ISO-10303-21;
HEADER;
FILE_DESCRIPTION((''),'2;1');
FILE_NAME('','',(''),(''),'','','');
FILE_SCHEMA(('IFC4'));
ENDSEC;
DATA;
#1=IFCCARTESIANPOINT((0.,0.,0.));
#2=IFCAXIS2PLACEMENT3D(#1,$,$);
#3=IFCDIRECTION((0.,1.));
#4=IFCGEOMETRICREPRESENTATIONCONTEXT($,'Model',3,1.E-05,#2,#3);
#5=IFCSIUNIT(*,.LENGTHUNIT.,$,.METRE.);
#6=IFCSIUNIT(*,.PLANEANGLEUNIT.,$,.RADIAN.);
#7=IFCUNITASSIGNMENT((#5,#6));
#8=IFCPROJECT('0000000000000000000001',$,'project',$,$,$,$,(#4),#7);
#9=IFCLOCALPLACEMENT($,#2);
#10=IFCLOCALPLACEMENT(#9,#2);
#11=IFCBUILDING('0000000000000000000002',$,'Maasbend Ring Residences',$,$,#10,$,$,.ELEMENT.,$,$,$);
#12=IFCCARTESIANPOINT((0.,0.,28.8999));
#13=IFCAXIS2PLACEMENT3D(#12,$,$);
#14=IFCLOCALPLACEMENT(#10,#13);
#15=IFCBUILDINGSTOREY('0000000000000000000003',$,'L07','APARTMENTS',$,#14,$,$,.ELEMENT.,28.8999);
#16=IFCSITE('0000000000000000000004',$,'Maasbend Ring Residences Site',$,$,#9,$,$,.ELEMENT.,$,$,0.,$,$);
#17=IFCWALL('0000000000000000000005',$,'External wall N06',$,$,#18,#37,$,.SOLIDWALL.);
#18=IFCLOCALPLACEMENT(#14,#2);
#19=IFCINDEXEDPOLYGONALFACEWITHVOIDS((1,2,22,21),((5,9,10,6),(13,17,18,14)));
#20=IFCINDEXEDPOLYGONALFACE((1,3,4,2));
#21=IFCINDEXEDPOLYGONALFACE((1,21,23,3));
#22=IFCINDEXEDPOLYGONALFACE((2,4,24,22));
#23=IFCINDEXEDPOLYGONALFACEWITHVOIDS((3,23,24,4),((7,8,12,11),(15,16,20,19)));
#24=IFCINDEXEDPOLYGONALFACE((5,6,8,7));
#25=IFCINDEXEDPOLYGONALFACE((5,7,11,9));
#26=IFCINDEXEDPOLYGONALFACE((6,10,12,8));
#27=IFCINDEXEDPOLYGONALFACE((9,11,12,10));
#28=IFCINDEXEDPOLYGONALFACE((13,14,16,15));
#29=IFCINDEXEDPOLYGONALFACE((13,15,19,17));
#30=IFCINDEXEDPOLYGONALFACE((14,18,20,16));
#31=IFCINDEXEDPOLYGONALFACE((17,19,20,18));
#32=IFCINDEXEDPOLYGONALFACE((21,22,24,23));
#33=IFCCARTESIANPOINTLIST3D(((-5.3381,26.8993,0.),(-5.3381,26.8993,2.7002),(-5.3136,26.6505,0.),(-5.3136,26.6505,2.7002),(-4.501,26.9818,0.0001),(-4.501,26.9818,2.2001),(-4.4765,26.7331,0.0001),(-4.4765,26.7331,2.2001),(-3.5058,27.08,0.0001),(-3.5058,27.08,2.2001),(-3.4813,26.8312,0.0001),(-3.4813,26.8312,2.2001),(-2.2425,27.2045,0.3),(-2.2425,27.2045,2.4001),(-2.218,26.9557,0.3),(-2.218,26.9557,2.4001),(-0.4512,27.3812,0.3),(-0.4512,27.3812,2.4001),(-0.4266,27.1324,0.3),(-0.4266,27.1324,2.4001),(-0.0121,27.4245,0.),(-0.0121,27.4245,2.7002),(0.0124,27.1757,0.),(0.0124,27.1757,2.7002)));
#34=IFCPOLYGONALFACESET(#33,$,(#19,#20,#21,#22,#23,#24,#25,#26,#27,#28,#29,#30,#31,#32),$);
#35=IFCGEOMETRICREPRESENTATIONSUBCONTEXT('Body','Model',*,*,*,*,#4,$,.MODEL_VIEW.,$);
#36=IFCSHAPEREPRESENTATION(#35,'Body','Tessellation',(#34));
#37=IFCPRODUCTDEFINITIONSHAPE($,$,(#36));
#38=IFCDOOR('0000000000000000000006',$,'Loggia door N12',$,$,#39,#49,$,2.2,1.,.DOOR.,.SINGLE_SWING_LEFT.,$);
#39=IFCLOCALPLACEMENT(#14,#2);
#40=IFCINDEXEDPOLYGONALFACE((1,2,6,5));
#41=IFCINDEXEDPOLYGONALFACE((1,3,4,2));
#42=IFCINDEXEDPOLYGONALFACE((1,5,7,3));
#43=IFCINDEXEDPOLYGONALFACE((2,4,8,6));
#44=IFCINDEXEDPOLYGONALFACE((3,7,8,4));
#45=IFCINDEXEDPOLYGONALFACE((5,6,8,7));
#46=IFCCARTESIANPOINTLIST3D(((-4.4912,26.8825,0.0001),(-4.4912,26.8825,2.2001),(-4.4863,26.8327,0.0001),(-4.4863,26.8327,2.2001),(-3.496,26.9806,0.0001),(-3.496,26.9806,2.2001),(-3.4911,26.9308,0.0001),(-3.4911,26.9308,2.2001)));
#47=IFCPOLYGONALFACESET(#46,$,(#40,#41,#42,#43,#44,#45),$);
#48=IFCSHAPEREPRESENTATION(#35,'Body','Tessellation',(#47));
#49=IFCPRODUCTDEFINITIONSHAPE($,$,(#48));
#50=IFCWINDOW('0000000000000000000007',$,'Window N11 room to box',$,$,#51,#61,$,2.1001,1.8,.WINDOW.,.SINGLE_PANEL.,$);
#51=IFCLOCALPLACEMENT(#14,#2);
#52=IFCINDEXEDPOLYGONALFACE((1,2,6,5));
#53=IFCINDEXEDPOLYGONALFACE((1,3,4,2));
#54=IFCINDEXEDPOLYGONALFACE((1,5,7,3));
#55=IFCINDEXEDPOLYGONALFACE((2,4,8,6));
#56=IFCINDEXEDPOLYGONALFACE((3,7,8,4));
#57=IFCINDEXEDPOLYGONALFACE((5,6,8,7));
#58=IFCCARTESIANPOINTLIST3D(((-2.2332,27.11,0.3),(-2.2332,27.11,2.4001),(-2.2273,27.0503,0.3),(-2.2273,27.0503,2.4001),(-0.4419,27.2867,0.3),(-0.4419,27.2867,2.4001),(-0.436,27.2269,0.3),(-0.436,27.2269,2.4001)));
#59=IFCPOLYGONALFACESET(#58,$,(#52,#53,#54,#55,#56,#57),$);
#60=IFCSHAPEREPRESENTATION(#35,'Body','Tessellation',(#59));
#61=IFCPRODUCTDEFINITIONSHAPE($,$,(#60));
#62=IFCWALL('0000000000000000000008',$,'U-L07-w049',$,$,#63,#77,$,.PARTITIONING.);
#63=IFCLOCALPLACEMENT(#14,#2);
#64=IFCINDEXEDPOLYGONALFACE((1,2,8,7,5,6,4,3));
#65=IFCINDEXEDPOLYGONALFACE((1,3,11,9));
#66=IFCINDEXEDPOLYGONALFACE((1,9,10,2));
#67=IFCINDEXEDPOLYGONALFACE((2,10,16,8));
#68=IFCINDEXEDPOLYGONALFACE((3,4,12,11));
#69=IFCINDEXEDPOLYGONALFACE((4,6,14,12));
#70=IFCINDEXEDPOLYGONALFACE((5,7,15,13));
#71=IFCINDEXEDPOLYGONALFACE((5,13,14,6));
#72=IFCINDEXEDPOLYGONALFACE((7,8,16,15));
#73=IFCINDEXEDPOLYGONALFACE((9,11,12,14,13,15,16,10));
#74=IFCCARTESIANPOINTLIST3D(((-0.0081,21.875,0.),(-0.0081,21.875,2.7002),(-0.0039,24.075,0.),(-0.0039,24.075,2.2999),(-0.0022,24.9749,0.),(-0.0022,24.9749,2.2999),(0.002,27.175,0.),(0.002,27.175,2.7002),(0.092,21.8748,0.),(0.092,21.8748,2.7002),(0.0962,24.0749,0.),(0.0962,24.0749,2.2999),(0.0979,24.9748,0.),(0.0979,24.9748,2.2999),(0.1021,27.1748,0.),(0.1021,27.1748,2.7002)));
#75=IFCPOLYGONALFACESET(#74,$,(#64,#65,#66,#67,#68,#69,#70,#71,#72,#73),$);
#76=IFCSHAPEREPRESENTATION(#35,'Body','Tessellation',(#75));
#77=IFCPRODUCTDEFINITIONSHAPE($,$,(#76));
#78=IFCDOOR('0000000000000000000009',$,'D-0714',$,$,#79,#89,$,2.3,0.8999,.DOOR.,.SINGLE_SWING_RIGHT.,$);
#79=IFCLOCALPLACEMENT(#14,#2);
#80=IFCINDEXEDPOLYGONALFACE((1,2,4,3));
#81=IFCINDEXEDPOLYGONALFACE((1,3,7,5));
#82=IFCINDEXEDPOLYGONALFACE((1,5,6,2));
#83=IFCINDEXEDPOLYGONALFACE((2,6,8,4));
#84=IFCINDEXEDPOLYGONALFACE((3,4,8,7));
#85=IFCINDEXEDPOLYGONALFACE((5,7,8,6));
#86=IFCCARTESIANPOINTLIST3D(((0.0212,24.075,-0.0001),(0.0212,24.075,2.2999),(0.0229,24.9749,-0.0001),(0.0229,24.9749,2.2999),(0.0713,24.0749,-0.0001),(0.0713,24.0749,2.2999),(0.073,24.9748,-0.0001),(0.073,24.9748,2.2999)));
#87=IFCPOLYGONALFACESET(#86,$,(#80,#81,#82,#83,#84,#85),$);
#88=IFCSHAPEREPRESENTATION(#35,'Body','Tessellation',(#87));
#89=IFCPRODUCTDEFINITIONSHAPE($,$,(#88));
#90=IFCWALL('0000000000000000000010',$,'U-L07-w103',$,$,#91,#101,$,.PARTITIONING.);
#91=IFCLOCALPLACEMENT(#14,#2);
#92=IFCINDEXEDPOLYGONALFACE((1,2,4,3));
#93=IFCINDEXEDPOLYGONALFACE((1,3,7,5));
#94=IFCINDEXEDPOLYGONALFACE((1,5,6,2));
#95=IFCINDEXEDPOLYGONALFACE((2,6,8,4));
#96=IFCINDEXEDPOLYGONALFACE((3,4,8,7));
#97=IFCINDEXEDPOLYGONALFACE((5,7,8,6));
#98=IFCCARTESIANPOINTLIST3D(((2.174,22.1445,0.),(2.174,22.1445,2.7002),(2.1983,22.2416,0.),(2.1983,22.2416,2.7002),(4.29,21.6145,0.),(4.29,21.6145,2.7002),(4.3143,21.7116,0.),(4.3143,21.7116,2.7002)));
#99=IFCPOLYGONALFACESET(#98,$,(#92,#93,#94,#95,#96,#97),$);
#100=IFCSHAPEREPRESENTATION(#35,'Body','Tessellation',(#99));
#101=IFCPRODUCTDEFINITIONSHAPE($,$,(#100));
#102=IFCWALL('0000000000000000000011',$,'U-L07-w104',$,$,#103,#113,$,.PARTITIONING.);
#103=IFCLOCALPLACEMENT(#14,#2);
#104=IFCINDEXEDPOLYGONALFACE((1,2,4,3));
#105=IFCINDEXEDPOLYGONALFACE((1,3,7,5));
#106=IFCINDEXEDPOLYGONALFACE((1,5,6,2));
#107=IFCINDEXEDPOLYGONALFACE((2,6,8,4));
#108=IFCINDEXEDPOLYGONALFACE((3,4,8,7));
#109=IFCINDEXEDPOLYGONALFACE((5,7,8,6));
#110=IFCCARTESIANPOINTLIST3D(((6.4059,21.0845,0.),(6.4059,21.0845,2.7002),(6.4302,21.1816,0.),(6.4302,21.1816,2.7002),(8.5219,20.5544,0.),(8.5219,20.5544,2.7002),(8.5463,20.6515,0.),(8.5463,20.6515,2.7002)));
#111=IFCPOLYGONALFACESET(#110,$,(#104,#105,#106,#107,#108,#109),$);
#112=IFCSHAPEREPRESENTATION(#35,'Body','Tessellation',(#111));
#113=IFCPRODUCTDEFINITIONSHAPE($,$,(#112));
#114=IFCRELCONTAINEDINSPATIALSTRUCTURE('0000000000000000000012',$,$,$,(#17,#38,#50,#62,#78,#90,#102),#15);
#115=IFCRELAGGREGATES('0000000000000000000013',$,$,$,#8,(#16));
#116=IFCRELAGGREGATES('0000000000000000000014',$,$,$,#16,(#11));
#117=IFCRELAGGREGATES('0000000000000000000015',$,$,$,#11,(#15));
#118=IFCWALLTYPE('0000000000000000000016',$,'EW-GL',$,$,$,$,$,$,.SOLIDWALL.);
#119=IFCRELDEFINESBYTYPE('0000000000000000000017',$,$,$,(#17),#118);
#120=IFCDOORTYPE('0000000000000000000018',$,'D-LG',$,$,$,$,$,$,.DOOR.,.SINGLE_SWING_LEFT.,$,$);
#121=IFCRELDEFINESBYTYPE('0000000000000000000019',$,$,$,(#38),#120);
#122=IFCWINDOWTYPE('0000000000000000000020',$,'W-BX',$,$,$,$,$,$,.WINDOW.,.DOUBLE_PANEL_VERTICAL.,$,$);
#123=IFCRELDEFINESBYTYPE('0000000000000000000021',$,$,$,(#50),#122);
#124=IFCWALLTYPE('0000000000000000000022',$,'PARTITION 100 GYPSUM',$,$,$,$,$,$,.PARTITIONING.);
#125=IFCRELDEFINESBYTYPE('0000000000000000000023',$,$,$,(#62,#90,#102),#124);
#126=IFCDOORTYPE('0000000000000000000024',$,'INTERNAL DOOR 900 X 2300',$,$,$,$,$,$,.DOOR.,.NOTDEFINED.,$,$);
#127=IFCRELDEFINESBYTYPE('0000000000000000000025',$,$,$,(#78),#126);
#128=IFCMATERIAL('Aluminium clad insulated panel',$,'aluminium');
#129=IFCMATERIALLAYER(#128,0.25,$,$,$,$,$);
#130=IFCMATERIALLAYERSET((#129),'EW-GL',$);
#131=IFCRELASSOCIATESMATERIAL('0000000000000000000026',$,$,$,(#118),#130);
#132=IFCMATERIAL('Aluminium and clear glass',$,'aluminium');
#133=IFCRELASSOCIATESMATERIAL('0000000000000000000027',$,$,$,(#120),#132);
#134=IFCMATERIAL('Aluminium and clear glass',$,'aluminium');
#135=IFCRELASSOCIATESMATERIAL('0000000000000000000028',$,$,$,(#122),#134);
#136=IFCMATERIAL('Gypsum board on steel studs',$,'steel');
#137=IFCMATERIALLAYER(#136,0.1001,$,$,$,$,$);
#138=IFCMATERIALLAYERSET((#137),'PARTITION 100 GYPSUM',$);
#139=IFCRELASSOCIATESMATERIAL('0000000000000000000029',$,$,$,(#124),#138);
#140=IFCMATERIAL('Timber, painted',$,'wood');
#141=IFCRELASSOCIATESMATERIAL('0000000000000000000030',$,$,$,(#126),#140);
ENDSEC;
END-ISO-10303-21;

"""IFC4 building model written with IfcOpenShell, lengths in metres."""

from ifc_helpers import new_model, si_unit, direction, frame, frame_2d, origin, place, context, subcontext, project, spatial, rectangle, extrude, material, layer, layer_set, type_object, element, fill, save


model = new_model("IFC4")

# Units and contexts
model_context = context("Model", 3, precision=1e-05, world=origin(), true_north=direction((0.0, 1.0)))
body_context = subcontext(model_context, "Body", "Model", "MODEL_VIEW")
ifc_project = project(units=[si_unit("LENGTHUNIT", "METRE"), si_unit("PLANEANGLEUNIT", "RADIAN")], contexts=[model_context])

# Site, building, storey
site_placement = place(None, origin())
site = spatial("IfcSite", under=ifc_project, at=site_placement, Name="Maasbend Ring Residences Site", CompositionType="ELEMENT", RefElevation=0.0)
building_placement = place(site_placement, origin())
building = spatial("IfcBuilding", under=site, at=building_placement, Name="Maasbend Ring Residences", CompositionType="ELEMENT")
storey_placement = place(building_placement, frame((0.0, 0.0, 28.8999)))
storey = spatial("IfcBuildingStorey", under=building, at=storey_placement, Name="L07", Description="APARTMENTS", CompositionType="ELEMENT", Elevation=28.8999)

# Wall, openings, door, window
ifc_material_1 = material(Name="Aluminium clad insulated panel", Category="aluminium")
ifc_layer_1 = layer(ifc_material_1, 0.25)
ifc_layer_set_1 = layer_set([ifc_layer_1], Name="EW-GL")
wall_type_1 = type_object("IfcWallType", Name="EW-GL", PredefinedType="SOLIDWALL", material=ifc_layer_set_1)
ifc_material_2 = material(Name="Aluminium and clear glass", Category="aluminium")
door_type_1 = type_object("IfcDoorType", Name="D-LG", OperationType="SINGLE_SWING_LEFT", PredefinedType="DOOR", material=ifc_material_2)
ifc_material_3 = material(Name="Aluminium and clear glass", Category="aluminium")
window_type_1 = type_object("IfcWindowType", Name="W-BX", PartitioningType="DOUBLE_PANEL_VERTICAL", PredefinedType="WINDOW", material=ifc_material_3)
wall_1_placement = place(storey_placement, frame((0.0, 27.3, 0.0), z_axis=(0.0, 0.0, 1.0), x_axis=(-0.995174, -0.098126, 0.0)))
wall_1 = element("IfcWall", 1, at=wall_1_placement, inside=storey, type_object=wall_type_1, Name="External wall N06", PredefinedType="SOLIDWALL", context=body_context, shape_type="SweptSolid", body=[
    extrude(rectangle(XDim=5.3518, YDim=0.25, at=frame_2d((2.6758, 0.0))), origin(), (0.0, 0.0, 1.0), 2.7002),
])
opening_1_placement = place(wall_1_placement, frame((0.4412, 0.0, 0.3)))
opening_1 = element("IfcOpeningElement", 2, at=opening_1_placement, cuts=wall_1, PredefinedType="OPENING", context=body_context, shape_type="SweptSolid", body=[
    extrude(rectangle(XDim=1.8, YDim=2.1001, at=frame_2d((0.8999, 1.05))), frame((0.0, 0.135, 0.0), z_axis=(0.0, -1.0, 0.0), x_axis=(1.0, 0.0, 0.0)), (0.0, 0.0, 1.0), 0.27),
])
opening_2_placement = place(wall_1_placement, frame((3.5105, 0.0, 0.0)))
opening_2 = element("IfcOpeningElement", 3, at=opening_2_placement, cuts=wall_1, PredefinedType="OPENING", context=body_context, shape_type="SweptSolid", body=[
    extrude(rectangle(XDim=1.0, YDim=2.2, at=frame_2d((0.5, 1.1001))), frame((0.0, 0.135, 0.0), z_axis=(0.0, -1.0, 0.0), x_axis=(1.0, 0.0, 0.0)), (0.0, 0.0, 1.0), 0.27),
])
door_1_placement = place(opening_2_placement, origin())
door_1 = element("IfcDoor", 4, at=door_1_placement, inside=storey, type_object=door_type_1, Name="Loggia door N12", OperationType="SINGLE_SWING_LEFT", OverallHeight=2.2, OverallWidth=1.0, PredefinedType="DOOR", context=body_context, shape_type="SweptSolid", body=[
    extrude(rectangle(XDim=1.0, YDim=2.2, at=frame_2d((0.5, 1.1001))), frame((0.0, 0.0249, 0.0), z_axis=(0.0, -1.0, 0.0), x_axis=(1.0, 0.0, 0.0)), (0.0, 0.0, 1.0), 0.05),
])
fill(opening_2, door_1)
window_1_placement = place(opening_1_placement, origin())
window_1 = element("IfcWindow", 5, at=window_1_placement, inside=storey, type_object=window_type_1, Name="Window N11 room to box", OverallHeight=2.1001, OverallWidth=1.8, PartitioningType="SINGLE_PANEL", PredefinedType="WINDOW", context=body_context, shape_type="SweptSolid", body=[
    extrude(rectangle(XDim=1.8, YDim=2.1001, at=frame_2d((0.8999, 1.05))), frame((0.0, 0.03, 0.0), z_axis=(0.0, -1.0, 0.0), x_axis=(1.0, 0.0, 0.0)), (0.0, 0.0, 1.0), 0.0601),
])
fill(opening_1, window_1)

# Wall, opening, door
ifc_material_4 = material(Name="Gypsum board on steel studs", Category="steel")
ifc_layer_2 = layer(ifc_material_4, 0.1001)
ifc_layer_set_2 = layer_set([ifc_layer_2], Name="PARTITION 100 GYPSUM")
wall_type_2 = type_object("IfcWallType", Name="PARTITION 100 GYPSUM", PredefinedType="PARTITIONING", material=ifc_layer_set_2)
wall_2_placement = place(storey_placement, frame((0.042, 21.875, 0.0), z_axis=(0.0, 0.0, 1.0), x_axis=(0.001889, 0.999998, 0.0)))
wall_2 = element("IfcWall", 6, at=wall_2_placement, inside=storey, type_object=wall_type_2, Name="U-L07-w049", PredefinedType="PARTITIONING", context=body_context, shape_type="SweptSolid", body=[
    extrude(rectangle(XDim=5.3, YDim=0.1001, at=frame_2d((2.6499, 0.0))), origin(), (0.0, 0.0, 1.0), 2.7002),
])
opening_3_placement = place(wall_2_placement, frame((2.2, 0.0, 0.0)))
opening_3 = element("IfcOpeningElement", 7, at=opening_3_placement, cuts=wall_2, PredefinedType="OPENING", context=body_context, shape_type="SweptSolid", body=[
    extrude(rectangle(XDim=0.8999, YDim=2.3, at=frame_2d((0.45, 1.1499))), frame((0.0, 0.0601, 0.0), z_axis=(0.0, -1.0, 0.0), x_axis=(1.0, 0.0, 0.0)), (0.0, 0.0, 1.0), 0.1201),
])
ifc_material_5 = material(Name="Timber, painted", Category="wood")
door_type_2 = type_object("IfcDoorType", Name="INTERNAL DOOR 900 X 2300", OperationType="NOTDEFINED", PredefinedType="DOOR", material=ifc_material_5)
door_2_placement = place(opening_3_placement, origin())
door_2 = element("IfcDoor", 8, at=door_2_placement, inside=storey, type_object=door_type_2, Name="D-0714", OperationType="SINGLE_SWING_RIGHT", OverallHeight=2.3, OverallWidth=0.8999, PredefinedType="DOOR", context=body_context, shape_type="SweptSolid", body=[
    extrude(rectangle(XDim=0.8999, YDim=2.3, at=frame_2d((0.45, 1.1499))), frame((0.0, 0.0249, 0.0), z_axis=(0.0, -1.0, 0.0), x_axis=(1.0, 0.0, 0.0)), (0.0, 0.0, 1.0), 0.05),
])
fill(opening_3, door_2)

# Walls
for number, where, z_axis, x_axis, name in (
    (9, (2.186, 22.1931, 0.0), (0.0, 0.0, 1.0), (0.97003, -0.242983, 0.0), "U-L07-w103"),
    (10, (6.418, 21.1331, 0.0), (0.0, 0.0, 1.0), (0.97003, -0.242983, 0.0), "U-L07-w104"),
):
    element("IfcWall", number, at=place(storey_placement, frame(where, z_axis=z_axis, x_axis=x_axis)), inside=storey, type_object=wall_type_2, Name=name, PredefinedType="PARTITIONING", context=body_context, shape_type="SweptSolid", body=[
        extrude(rectangle(XDim=2.1814, YDim=0.1001, at=frame_2d((1.0908, 0.0))), origin(), (0.0, 0.0, 1.0), 2.7002),
    ])

save(model, "model.ifc")
